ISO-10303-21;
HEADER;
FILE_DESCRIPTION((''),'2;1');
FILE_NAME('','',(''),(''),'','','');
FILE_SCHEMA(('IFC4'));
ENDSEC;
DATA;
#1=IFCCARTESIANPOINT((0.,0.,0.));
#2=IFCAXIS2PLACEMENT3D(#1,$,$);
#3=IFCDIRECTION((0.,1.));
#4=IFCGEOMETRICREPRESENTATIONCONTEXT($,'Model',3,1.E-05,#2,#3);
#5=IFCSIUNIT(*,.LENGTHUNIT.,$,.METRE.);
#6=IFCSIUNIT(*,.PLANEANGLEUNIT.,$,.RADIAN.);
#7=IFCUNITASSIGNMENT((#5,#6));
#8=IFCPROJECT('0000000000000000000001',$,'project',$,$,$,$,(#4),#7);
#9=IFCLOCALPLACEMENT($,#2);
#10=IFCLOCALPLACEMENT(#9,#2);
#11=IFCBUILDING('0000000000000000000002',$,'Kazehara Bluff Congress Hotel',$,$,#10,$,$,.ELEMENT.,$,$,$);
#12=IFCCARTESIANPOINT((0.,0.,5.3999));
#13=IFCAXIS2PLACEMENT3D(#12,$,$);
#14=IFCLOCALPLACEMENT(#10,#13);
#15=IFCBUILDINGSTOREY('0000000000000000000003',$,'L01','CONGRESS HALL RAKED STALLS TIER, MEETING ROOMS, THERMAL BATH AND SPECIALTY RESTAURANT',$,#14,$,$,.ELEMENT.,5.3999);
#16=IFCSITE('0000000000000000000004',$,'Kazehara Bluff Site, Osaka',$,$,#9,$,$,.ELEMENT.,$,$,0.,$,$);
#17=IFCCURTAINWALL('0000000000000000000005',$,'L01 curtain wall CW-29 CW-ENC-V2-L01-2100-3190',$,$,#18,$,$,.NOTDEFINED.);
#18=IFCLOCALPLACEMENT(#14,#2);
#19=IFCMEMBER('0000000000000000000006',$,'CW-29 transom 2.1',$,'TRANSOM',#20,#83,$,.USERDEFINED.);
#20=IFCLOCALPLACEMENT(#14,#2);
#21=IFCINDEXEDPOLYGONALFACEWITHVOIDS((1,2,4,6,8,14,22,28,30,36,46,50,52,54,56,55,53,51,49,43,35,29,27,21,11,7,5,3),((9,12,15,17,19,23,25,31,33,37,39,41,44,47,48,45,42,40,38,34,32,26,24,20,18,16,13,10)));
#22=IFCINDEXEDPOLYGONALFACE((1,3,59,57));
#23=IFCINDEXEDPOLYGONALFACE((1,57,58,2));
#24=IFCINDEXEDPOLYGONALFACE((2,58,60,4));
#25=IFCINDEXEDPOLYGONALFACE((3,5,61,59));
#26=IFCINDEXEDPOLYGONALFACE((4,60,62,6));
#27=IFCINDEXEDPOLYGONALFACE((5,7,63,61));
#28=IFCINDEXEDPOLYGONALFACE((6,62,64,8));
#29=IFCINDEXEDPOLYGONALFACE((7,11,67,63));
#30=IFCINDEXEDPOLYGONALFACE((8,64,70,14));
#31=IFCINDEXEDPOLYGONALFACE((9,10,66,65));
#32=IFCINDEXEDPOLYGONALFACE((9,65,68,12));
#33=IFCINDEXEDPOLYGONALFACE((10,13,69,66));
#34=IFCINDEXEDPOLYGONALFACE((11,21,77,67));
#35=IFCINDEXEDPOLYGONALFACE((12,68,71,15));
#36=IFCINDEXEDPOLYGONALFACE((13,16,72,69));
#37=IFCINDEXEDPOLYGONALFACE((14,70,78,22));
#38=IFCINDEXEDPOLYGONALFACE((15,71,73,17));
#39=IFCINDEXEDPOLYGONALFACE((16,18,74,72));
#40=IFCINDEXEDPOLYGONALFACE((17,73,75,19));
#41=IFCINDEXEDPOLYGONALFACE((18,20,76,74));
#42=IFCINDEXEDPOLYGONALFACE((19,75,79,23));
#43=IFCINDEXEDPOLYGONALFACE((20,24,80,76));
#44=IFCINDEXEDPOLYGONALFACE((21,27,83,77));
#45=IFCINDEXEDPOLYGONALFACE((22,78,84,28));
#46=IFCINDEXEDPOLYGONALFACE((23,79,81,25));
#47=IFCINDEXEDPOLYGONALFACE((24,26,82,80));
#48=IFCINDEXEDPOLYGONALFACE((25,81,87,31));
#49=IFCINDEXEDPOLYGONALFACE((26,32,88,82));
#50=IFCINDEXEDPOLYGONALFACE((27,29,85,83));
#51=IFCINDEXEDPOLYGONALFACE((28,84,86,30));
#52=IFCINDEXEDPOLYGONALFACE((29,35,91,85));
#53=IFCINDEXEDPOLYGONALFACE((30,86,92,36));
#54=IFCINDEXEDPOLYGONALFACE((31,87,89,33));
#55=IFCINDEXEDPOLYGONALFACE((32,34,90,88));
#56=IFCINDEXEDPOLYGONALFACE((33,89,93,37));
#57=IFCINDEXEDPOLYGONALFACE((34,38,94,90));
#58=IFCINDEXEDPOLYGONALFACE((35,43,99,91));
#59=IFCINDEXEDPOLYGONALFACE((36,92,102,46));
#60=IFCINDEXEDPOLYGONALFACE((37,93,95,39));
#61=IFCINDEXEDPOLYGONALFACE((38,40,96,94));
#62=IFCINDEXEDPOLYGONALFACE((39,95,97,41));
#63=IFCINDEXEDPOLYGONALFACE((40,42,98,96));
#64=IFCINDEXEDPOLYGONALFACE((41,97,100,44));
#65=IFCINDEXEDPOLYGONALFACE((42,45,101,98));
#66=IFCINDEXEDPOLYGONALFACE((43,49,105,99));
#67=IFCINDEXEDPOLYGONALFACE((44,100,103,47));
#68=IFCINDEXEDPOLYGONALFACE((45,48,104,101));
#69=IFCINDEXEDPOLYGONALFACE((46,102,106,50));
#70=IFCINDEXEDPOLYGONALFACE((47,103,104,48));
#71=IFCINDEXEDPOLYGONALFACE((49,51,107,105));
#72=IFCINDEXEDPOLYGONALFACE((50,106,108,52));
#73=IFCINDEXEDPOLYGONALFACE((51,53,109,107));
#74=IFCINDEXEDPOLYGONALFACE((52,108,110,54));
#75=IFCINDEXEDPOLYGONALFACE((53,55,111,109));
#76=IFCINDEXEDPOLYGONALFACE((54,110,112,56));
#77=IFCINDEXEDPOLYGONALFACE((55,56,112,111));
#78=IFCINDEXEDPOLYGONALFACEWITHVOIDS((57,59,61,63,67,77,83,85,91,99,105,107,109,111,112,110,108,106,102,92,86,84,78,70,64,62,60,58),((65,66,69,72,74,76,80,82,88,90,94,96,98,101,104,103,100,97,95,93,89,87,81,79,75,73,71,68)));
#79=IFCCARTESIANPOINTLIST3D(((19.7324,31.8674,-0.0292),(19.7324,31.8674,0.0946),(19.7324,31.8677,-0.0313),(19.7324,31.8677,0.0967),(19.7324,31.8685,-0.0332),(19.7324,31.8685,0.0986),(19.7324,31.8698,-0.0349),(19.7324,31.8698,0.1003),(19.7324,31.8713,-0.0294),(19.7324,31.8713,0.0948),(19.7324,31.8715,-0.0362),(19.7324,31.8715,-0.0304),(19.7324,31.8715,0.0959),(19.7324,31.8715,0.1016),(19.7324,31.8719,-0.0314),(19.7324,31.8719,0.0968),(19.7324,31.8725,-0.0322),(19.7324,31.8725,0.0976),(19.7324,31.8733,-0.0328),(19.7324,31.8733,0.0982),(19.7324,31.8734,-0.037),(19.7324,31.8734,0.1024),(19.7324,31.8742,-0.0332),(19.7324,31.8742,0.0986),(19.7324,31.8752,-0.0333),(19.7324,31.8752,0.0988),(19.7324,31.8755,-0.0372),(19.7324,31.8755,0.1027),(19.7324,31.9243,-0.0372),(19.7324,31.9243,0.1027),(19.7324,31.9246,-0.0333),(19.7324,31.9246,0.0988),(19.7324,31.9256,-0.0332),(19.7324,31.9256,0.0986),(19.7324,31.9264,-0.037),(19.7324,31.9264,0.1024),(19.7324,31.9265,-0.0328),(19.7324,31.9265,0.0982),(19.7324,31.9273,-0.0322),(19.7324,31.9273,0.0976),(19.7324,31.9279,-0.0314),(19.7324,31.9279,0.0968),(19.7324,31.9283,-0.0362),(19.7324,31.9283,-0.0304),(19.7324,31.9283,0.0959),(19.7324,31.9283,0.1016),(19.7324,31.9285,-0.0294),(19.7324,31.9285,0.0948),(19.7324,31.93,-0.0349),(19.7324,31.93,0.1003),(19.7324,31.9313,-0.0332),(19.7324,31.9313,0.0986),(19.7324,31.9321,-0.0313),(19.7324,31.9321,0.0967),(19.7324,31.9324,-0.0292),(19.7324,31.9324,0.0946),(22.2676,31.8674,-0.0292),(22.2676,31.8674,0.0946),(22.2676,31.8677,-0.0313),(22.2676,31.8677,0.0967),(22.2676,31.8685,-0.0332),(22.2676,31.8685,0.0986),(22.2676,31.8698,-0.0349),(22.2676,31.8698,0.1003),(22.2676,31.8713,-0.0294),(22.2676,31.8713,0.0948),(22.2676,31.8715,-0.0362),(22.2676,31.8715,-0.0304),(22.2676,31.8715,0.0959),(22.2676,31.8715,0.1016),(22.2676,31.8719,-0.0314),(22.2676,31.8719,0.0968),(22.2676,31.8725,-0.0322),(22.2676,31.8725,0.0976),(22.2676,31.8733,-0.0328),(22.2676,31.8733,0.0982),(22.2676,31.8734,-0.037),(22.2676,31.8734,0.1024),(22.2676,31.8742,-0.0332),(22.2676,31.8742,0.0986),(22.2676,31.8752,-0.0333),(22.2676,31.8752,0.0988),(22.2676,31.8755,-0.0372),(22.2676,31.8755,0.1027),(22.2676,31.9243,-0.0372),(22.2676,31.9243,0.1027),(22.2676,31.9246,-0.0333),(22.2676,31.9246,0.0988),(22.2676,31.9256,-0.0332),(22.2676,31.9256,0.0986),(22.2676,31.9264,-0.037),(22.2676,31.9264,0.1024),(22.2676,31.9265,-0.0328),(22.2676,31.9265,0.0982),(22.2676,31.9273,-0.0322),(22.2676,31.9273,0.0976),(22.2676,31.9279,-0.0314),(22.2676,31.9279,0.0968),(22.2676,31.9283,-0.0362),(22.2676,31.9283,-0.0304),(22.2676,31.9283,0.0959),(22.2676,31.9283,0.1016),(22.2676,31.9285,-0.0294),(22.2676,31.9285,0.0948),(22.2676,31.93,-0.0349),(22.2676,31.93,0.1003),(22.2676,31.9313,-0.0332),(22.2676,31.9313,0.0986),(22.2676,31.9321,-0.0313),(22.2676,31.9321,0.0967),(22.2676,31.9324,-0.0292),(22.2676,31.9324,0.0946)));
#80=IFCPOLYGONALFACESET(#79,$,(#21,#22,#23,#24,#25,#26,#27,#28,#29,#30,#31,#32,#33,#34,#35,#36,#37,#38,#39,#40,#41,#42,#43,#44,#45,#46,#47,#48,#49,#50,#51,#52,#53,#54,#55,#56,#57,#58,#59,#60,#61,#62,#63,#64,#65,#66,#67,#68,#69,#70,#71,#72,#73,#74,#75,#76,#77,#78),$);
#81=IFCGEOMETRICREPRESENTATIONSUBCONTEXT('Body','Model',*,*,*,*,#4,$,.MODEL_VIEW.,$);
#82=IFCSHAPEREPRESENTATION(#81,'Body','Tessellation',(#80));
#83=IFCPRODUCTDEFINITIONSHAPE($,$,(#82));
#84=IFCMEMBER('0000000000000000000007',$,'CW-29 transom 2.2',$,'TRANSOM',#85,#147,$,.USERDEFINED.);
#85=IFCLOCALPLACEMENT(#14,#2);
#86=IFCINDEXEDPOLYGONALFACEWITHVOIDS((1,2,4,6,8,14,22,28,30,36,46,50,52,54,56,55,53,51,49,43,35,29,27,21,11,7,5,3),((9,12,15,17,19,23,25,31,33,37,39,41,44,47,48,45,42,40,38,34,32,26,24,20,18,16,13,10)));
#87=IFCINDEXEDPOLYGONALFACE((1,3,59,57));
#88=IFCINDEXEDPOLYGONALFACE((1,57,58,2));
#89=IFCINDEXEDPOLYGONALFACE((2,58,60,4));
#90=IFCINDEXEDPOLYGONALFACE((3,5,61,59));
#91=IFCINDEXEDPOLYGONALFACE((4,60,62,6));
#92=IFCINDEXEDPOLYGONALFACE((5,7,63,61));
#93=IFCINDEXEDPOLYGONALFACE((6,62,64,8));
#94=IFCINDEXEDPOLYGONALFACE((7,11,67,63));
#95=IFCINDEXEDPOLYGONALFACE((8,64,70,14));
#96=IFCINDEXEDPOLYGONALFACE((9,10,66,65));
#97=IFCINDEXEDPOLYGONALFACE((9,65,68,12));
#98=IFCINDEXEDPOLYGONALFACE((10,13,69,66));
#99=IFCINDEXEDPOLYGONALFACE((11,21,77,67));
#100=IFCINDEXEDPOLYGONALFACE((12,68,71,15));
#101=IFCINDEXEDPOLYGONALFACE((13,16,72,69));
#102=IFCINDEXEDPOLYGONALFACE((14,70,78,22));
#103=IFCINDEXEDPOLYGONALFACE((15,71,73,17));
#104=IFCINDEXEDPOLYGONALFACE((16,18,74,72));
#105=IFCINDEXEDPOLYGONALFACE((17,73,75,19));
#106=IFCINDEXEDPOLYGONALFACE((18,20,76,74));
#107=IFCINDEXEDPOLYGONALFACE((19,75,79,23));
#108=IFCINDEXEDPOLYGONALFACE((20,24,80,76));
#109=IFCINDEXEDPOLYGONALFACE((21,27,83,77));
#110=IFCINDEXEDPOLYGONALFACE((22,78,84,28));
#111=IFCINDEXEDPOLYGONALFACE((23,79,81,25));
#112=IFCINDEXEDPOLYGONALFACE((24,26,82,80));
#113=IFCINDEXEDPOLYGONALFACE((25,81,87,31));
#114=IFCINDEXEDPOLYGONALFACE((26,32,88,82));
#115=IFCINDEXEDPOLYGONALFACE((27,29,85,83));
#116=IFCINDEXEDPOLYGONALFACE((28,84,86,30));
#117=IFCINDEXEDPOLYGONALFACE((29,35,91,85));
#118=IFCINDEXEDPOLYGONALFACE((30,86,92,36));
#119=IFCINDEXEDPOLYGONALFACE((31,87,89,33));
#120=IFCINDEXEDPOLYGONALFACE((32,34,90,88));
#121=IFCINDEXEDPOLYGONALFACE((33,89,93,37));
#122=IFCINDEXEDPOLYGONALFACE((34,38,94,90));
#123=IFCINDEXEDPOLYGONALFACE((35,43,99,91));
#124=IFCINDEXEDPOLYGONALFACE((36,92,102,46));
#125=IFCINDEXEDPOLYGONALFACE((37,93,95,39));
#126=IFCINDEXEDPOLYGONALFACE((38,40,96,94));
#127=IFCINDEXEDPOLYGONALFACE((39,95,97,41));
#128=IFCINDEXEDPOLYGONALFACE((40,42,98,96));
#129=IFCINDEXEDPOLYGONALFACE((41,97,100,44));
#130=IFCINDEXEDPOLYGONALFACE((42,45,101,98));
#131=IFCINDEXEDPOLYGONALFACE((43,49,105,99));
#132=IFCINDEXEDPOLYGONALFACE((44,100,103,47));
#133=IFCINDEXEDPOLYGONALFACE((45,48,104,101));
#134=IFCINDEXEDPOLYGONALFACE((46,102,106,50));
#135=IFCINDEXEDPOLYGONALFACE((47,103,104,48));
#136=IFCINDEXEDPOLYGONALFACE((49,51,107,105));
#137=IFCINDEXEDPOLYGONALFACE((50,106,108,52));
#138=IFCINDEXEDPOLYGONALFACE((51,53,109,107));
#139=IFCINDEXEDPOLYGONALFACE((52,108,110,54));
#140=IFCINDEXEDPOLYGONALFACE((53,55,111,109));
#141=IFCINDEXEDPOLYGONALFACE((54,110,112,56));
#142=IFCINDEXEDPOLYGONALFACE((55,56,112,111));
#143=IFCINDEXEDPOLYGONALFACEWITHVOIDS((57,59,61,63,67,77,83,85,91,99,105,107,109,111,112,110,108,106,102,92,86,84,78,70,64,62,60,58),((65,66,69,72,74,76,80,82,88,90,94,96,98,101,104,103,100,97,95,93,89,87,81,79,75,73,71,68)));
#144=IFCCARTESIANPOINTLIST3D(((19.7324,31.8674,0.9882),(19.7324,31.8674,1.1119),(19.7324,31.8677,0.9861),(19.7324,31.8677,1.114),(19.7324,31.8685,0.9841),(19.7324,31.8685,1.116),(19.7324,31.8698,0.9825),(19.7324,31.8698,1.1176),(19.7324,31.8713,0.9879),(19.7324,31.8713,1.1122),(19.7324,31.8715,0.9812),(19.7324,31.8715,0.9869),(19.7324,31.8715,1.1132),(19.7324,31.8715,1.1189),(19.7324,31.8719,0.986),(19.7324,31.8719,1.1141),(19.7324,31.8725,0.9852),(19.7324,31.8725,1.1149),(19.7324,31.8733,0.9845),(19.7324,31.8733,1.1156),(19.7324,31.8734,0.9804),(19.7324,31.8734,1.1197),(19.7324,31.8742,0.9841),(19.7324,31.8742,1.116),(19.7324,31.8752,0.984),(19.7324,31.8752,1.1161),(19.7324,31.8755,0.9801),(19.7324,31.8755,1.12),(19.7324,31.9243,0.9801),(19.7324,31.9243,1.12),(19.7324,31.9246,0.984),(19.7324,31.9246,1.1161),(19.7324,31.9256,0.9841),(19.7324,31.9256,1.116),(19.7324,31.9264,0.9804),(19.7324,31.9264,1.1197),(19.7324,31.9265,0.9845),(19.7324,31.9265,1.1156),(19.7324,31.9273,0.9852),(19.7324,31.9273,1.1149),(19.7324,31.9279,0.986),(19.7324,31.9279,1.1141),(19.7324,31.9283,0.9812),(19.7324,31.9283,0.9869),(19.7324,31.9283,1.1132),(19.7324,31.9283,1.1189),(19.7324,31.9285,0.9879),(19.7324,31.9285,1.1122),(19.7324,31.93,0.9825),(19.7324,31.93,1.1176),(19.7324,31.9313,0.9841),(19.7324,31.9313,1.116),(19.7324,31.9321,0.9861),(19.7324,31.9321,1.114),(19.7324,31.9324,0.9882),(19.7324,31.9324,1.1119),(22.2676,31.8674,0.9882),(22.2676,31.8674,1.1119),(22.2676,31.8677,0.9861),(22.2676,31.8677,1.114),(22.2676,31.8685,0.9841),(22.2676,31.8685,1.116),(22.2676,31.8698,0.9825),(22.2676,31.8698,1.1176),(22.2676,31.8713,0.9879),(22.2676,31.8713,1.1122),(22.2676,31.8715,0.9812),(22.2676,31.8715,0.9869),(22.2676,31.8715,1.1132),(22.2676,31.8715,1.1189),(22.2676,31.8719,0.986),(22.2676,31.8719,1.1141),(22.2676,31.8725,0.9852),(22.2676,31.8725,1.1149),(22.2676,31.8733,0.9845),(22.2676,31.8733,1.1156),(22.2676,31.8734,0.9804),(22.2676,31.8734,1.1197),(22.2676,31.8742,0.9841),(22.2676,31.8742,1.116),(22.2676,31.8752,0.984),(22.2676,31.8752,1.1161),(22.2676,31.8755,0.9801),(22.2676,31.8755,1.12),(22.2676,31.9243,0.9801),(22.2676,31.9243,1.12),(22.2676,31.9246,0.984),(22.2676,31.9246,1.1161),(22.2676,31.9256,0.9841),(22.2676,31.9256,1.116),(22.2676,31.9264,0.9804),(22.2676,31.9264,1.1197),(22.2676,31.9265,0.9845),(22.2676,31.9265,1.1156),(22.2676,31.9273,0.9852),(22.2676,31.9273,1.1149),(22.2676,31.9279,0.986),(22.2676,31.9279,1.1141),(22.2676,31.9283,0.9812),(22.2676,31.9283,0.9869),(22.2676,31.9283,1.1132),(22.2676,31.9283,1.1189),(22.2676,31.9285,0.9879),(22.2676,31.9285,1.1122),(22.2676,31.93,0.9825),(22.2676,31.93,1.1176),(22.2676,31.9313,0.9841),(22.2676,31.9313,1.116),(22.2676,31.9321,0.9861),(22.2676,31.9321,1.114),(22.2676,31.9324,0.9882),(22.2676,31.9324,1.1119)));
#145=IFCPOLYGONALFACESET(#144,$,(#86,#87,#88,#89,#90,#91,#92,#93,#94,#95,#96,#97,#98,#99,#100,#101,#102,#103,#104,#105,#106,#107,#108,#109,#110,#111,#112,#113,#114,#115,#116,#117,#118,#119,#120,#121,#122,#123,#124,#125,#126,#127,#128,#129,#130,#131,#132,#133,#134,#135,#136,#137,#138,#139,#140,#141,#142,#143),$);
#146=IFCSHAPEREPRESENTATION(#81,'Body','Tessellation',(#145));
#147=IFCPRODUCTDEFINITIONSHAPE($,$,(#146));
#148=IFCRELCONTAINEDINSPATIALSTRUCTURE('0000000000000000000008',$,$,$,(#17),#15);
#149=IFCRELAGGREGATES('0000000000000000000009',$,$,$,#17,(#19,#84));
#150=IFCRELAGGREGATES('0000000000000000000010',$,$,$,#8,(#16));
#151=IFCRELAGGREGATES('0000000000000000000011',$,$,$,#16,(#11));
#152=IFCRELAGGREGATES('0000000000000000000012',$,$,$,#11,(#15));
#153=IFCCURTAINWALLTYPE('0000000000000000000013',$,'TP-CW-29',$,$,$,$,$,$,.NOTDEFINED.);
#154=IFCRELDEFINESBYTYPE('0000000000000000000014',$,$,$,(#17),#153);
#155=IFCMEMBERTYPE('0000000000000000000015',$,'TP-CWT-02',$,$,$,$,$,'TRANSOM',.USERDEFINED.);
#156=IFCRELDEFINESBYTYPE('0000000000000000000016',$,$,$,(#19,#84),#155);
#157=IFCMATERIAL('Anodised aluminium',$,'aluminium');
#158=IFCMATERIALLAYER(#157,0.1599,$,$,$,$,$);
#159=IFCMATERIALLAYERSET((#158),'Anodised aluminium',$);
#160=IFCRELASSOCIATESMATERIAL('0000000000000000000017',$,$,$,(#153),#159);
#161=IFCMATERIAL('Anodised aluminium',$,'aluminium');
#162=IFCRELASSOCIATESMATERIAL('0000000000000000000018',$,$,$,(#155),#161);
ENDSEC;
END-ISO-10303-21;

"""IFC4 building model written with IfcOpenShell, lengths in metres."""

from ifc_helpers import new_model, si_unit, direction, frame, origin, origin_2d, place, context, subcontext, project, spatial, hollow_rectangle, extrude, material, layer, layer_set, material_profile, profile_set, type_object, element, aggregate, save


model = new_model("IFC4")

# Units and contexts
model_context = context("Model", 3, precision=1e-05, world=origin(), true_north=direction((0.0, 1.0)))
body_context = subcontext(model_context, "Body", "Model", "MODEL_VIEW")
ifc_project = project(units=[si_unit("LENGTHUNIT", "METRE"), si_unit("PLANEANGLEUNIT", "RADIAN")], contexts=[model_context])

# Site, building, storey
site_placement = place(None, origin())
site = spatial("IfcSite", under=ifc_project, at=site_placement, Name="Kazehara Bluff Site, Osaka", CompositionType="ELEMENT", RefElevation=0.0)
building_placement = place(site_placement, origin())
building = spatial("IfcBuilding", under=site, at=building_placement, Name="Kazehara Bluff Congress Hotel", CompositionType="ELEMENT")
storey_placement = place(building_placement, frame((0.0, 0.0, 5.3999)))
storey = spatial("IfcBuildingStorey", under=building, at=storey_placement, Name="L01", Description="CONGRESS HALL RAKED STALLS TIER, MEETING ROOMS, THERMAL BATH AND SPECIALTY RESTAURANT", CompositionType="ELEMENT", Elevation=5.3999)

# Curtain wall, members
ifc_material_1 = material(Name="Anodised aluminium", Category="aluminium")
ifc_layer_1 = layer(ifc_material_1, 0.1599)
ifc_layer_set_1 = layer_set([ifc_layer_1], Name="Anodised aluminium")
curtain_wall_type = type_object("IfcCurtainWallType", Name="TP-CW-29", PredefinedType="NOTDEFINED", material=ifc_layer_set_1)
curtain_wall_placement = place(storey_placement, origin())
curtain_wall = element("IfcCurtainWall", 1, at=curtain_wall_placement, inside=storey, type_object=curtain_wall_type, Name="L01 curtain wall CW-29 CW-ENC-V2-L01-2100-3190", PredefinedType="NOTDEFINED")
ifc_material_2 = material(Name="Anodised aluminium", Category="aluminium")
ifc_material_profile_1 = material_profile(ifc_material_2, hollow_rectangle(XDim=0.0649, YDim=0.1399, WallThickness=0.0039, InnerFilletRadius=0.0039, OuterFilletRadius=0.0081, at=origin_2d()))
ifc_profile_set_1 = profile_set([ifc_material_profile_1], Name="Anodised aluminium")
member_type_1 = type_object("IfcMemberType", Name="TP-CWT-02", ElementType="TRANSOM", PredefinedType="USERDEFINED", material=ifc_profile_set_1)
member_1_placement = place(storey_placement, frame((19.7324, 31.8999, 0.0327), z_axis=(1.0, 0.0, 0.0), x_axis=(0.0, 1.0, 0.0)))
member_1 = element("IfcMember", 2, at=member_1_placement, type_object=member_type_1, Name="CW-29 transom 2.1", ObjectType="TRANSOM", PredefinedType="USERDEFINED", context=body_context, shape_type="SweptSolid", body=[
    extrude(hollow_rectangle(XDim=0.0649, YDim=0.1399, WallThickness=0.0039, InnerFilletRadius=0.0039, OuterFilletRadius=0.0081, at=origin_2d()), origin(), (0.0, 0.0, 1.0), 2.5352),
])
member_2_placement = place(storey_placement, frame((19.7324, 31.8999, 1.05), z_axis=(1.0, 0.0, 0.0), x_axis=(0.0, 1.0, 0.0)))
member_2 = element("IfcMember", 3, at=member_2_placement, type_object=member_type_1, Name="CW-29 transom 2.2", ObjectType="TRANSOM", PredefinedType="USERDEFINED", context=body_context, shape_type="SweptSolid", body=[
    extrude(hollow_rectangle(XDim=0.0649, YDim=0.1399, WallThickness=0.0039, InnerFilletRadius=0.0039, OuterFilletRadius=0.0081, at=origin_2d()), origin(), (0.0, 0.0, 1.0), 2.5352),
])

aggregate(curtain_wall, [member_1, member_2])

save(model, "model.ifc")
